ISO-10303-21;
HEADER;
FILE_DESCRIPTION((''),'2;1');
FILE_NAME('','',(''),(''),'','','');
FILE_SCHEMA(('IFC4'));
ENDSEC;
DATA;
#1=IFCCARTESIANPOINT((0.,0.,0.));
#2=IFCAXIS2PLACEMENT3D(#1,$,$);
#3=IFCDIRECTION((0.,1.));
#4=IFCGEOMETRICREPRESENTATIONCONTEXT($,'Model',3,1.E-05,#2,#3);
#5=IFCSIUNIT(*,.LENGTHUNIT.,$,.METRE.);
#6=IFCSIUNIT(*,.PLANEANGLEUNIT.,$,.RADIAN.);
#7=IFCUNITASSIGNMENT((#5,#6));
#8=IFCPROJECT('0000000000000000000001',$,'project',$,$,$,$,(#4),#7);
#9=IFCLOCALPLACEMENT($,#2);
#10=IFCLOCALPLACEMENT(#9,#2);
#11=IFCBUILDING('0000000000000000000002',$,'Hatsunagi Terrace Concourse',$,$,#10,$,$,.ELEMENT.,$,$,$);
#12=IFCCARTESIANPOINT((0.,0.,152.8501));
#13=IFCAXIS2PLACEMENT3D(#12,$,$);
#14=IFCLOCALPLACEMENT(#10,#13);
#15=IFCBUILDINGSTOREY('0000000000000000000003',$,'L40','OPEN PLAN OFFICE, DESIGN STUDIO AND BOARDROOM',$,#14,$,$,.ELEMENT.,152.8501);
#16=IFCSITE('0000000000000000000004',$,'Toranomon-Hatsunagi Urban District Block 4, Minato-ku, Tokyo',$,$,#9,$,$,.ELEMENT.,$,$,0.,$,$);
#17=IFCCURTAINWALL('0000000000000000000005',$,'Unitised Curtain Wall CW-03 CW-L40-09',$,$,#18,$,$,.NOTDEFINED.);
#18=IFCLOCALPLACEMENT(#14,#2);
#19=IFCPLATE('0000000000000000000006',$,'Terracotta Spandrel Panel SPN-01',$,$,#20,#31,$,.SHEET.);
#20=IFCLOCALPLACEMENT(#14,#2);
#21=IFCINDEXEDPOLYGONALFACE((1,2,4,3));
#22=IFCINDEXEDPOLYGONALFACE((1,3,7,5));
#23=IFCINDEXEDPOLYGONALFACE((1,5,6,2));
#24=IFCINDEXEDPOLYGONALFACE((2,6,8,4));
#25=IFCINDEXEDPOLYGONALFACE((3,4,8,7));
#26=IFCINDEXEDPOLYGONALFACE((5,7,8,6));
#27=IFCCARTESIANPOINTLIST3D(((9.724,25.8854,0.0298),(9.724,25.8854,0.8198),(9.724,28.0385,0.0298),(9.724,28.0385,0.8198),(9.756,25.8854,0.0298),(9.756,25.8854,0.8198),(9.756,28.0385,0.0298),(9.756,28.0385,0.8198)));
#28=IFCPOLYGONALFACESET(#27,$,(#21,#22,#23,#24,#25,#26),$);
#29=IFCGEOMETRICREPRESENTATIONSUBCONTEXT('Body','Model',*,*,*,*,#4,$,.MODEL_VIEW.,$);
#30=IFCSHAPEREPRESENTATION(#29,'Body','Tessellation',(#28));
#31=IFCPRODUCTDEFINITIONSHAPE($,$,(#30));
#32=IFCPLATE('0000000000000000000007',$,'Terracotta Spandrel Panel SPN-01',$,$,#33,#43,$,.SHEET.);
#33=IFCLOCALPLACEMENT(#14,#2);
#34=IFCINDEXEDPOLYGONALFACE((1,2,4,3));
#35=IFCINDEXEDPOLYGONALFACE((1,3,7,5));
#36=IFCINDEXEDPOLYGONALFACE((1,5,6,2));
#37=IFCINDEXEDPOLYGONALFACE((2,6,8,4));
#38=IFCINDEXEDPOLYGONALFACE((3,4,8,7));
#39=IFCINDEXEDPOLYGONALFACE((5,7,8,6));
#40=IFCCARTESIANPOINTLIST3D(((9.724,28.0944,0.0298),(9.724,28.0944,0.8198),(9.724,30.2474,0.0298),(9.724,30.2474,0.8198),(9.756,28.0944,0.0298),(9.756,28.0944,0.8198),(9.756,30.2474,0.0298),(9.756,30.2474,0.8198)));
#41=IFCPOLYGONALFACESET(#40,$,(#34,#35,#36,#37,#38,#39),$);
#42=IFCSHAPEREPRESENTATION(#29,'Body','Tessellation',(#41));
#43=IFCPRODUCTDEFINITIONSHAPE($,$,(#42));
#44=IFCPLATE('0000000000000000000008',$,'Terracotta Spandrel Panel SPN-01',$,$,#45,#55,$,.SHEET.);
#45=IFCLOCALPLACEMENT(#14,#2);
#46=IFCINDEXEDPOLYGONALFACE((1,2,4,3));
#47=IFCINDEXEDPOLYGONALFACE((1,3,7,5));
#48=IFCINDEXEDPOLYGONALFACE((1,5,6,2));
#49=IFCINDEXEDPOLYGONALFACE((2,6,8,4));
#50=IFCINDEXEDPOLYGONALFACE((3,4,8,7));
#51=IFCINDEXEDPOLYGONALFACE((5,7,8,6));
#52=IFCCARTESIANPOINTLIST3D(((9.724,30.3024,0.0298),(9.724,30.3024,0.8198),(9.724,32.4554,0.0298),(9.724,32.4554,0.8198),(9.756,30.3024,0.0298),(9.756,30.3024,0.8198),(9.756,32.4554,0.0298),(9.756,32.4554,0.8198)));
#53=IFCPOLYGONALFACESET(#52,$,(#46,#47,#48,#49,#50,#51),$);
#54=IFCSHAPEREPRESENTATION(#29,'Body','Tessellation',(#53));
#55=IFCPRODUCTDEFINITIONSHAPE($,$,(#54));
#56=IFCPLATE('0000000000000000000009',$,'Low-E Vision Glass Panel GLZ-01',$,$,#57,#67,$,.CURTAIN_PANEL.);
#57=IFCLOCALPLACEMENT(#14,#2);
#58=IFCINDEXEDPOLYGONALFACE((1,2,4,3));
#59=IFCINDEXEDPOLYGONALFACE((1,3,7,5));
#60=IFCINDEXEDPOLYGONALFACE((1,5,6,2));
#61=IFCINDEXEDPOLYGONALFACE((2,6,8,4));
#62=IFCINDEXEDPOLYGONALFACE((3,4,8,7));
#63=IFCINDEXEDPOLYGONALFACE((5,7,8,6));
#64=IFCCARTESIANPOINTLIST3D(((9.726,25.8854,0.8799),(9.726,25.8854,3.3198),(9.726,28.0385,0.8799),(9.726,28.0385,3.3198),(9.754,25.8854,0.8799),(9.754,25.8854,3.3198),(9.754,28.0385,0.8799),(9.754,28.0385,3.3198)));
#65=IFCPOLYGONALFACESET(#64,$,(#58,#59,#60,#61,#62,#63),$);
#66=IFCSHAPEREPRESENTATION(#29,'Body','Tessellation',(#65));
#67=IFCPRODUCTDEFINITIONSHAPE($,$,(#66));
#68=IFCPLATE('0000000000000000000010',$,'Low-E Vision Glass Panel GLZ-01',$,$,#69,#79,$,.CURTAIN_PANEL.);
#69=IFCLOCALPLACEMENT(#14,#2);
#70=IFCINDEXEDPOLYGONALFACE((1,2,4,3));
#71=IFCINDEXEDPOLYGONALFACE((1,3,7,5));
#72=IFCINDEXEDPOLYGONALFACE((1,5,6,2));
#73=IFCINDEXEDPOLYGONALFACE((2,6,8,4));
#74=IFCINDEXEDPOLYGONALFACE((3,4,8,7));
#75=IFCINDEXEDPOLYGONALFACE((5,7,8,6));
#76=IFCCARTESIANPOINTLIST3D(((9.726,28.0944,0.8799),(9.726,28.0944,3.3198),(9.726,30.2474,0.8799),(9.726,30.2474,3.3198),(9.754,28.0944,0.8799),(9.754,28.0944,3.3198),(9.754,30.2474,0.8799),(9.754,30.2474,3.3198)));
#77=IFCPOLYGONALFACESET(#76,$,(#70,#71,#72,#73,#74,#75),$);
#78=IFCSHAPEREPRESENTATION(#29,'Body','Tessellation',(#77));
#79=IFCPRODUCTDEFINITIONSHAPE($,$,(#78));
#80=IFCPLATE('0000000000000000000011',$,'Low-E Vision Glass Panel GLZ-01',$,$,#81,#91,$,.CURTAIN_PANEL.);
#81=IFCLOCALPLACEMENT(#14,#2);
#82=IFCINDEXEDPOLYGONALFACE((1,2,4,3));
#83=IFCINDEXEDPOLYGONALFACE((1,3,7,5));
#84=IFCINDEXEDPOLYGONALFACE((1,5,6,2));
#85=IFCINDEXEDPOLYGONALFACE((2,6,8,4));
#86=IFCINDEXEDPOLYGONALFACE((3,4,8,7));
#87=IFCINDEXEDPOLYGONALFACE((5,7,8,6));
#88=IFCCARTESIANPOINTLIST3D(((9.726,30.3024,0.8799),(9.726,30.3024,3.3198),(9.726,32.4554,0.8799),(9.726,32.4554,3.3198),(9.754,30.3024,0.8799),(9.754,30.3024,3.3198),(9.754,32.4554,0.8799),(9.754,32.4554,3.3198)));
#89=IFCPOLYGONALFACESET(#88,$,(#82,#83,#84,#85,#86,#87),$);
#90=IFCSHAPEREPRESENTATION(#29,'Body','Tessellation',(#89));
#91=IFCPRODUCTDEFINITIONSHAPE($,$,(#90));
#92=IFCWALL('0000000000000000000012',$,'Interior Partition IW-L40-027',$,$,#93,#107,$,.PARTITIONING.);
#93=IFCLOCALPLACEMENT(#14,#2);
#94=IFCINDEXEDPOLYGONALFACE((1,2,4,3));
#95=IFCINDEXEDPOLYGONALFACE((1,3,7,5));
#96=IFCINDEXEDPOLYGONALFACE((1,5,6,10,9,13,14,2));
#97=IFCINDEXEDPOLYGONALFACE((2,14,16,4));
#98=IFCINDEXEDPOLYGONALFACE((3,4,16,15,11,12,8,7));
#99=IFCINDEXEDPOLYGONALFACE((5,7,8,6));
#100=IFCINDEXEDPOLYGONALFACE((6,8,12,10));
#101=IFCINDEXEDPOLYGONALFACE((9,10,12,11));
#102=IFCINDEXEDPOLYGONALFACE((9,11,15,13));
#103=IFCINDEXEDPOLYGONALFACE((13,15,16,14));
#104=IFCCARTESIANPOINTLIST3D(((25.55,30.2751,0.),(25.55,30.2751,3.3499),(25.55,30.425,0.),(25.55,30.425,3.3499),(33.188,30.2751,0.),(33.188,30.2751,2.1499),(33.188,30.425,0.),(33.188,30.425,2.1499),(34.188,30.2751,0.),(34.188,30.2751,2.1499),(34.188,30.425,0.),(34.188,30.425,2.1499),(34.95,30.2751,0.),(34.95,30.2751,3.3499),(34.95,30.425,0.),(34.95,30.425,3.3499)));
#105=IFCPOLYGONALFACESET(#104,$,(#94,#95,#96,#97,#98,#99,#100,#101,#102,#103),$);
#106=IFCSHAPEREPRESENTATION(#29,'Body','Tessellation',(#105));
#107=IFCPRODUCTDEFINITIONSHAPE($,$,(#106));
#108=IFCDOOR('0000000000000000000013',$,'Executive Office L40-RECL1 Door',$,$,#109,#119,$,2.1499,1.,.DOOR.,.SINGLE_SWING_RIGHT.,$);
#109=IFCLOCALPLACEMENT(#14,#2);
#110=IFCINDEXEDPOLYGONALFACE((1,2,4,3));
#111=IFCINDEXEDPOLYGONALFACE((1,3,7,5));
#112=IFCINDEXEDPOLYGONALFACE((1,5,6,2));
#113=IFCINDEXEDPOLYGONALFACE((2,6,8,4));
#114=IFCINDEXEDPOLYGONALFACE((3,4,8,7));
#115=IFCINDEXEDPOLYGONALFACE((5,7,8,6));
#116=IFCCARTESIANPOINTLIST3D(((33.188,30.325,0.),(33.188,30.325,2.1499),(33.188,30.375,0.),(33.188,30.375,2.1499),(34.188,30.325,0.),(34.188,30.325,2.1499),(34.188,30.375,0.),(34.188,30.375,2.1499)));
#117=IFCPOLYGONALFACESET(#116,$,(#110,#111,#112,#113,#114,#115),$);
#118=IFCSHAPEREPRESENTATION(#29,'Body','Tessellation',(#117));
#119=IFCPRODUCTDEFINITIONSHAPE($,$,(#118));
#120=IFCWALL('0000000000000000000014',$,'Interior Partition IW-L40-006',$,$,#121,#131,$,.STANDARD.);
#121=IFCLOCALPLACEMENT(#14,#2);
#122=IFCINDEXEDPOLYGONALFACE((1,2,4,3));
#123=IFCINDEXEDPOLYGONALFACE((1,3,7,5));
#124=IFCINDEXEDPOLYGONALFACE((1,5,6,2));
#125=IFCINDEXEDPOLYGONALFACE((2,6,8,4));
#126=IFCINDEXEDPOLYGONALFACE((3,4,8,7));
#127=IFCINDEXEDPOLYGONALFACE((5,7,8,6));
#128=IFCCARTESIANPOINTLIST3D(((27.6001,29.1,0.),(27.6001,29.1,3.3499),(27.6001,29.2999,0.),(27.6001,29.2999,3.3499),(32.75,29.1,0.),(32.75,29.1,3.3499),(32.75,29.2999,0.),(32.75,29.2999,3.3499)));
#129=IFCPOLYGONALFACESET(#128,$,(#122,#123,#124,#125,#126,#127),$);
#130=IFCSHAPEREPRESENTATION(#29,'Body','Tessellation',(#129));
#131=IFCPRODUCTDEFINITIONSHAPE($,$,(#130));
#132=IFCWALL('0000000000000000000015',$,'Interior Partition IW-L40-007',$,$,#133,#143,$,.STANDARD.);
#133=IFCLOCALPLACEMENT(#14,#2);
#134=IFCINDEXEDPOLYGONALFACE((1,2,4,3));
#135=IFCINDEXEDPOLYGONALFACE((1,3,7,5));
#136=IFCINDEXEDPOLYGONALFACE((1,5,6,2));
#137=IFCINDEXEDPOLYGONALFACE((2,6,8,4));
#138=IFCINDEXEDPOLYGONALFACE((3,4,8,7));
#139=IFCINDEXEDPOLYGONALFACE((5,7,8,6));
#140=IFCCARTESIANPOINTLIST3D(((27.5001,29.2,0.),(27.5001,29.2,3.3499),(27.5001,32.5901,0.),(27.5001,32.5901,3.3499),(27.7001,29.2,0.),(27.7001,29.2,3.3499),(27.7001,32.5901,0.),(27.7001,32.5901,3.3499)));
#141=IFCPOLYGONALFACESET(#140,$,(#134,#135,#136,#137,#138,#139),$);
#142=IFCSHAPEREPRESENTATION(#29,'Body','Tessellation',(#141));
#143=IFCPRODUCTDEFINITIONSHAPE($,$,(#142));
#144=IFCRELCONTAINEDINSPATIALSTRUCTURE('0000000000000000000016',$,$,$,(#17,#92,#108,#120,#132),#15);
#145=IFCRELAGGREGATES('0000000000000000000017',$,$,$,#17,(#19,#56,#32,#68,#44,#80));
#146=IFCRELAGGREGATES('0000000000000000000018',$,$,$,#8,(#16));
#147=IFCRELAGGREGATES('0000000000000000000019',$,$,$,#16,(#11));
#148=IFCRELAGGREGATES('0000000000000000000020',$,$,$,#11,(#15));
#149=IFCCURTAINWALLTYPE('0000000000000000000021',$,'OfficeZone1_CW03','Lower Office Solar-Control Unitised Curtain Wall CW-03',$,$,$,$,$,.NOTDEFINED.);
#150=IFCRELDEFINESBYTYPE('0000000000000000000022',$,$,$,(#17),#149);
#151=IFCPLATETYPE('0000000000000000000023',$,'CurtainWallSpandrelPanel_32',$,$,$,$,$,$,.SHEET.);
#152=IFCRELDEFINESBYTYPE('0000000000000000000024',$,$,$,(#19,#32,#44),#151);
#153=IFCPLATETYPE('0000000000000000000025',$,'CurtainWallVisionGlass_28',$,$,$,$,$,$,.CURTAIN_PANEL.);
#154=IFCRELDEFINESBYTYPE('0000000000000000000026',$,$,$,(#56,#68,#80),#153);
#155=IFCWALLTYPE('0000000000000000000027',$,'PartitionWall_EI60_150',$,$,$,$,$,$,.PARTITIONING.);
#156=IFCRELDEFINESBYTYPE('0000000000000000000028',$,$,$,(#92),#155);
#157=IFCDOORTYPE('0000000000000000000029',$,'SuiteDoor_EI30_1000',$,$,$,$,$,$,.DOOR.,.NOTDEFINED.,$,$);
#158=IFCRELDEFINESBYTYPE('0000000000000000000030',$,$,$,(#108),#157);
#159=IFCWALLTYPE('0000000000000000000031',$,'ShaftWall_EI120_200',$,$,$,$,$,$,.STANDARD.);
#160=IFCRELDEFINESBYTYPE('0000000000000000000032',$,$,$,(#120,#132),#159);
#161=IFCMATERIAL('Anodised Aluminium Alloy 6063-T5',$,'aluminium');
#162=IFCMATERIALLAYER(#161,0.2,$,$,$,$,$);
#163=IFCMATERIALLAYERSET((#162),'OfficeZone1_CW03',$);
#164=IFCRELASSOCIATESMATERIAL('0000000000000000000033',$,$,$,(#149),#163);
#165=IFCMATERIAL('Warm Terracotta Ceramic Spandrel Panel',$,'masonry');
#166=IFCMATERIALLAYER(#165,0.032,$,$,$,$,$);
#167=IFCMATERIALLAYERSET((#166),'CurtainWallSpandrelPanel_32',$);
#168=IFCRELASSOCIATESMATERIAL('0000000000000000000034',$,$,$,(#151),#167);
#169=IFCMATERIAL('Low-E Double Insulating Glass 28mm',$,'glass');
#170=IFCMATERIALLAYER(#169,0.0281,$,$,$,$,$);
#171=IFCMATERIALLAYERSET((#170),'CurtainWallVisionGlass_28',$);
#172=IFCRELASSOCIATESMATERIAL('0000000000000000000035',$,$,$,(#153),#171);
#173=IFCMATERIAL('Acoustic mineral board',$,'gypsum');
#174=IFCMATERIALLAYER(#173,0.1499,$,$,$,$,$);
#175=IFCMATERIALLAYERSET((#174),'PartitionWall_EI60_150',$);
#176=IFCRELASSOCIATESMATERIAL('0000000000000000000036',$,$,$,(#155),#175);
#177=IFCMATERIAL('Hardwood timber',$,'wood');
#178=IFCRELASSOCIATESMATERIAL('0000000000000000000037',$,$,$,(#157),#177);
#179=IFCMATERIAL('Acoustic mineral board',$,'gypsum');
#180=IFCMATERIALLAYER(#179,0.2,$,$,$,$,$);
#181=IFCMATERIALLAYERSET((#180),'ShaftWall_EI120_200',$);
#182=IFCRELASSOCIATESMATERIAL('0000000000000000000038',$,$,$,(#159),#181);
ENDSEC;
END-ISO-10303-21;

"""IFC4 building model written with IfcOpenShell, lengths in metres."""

from ifc_helpers import new_model, si_unit, direction, frame, frame_2d, origin, origin_2d, place, context, subcontext, project, spatial, rectangle, extrude, material, layer, layer_set, type_object, element, fill, aggregate, save


model = new_model("IFC4")

# Units and contexts
model_context = context("Model", 3, precision=1e-05, world=origin(), true_north=direction((0.0, 1.0)))
body_context = subcontext(model_context, "Body", "Model", "MODEL_VIEW")
ifc_project = project(units=[si_unit("LENGTHUNIT", "METRE"), si_unit("PLANEANGLEUNIT", "RADIAN")], contexts=[model_context])

# Site, building, storey
site_placement = place(None, origin())
site = spatial("IfcSite", under=ifc_project, at=site_placement, Name="Toranomon-Hatsunagi Urban District Block 4, Minato-ku, Tokyo", CompositionType="ELEMENT", RefElevation=0.0)
building_placement = place(site_placement, origin())
building = spatial("IfcBuilding", under=site, at=building_placement, Name="Hatsunagi Terrace Concourse", CompositionType="ELEMENT")
storey_placement = place(building_placement, frame((0.0, 0.0, 152.8501)))
storey = spatial("IfcBuildingStorey", under=building, at=storey_placement, Name="L40", Description="OPEN PLAN OFFICE, DESIGN STUDIO AND BOARDROOM", CompositionType="ELEMENT", Elevation=152.8501)

# Curtain wall
ifc_material_1 = material(Name="Anodised Aluminium Alloy 6063-T5", Category="aluminium")
ifc_layer_1 = layer(ifc_material_1, 0.2)
ifc_layer_set_1 = layer_set([ifc_layer_1], Name="OfficeZone1_CW03")
curtain_wall_type = type_object("IfcCurtainWallType", Name="OfficeZone1_CW03", Description="Lower Office Solar-Control Unitised Curtain Wall CW-03", PredefinedType="NOTDEFINED", material=ifc_layer_set_1)
curtain_wall_placement = place(storey_placement, origin())
curtain_wall = element("IfcCurtainWall", 1, at=curtain_wall_placement, inside=storey, type_object=curtain_wall_type, Name="Unitised Curtain Wall CW-03 CW-L40-09", PredefinedType="NOTDEFINED")

# Plates
ifc_material_2 = material(Name="Warm Terracotta Ceramic Spandrel Panel", Category="masonry")
ifc_layer_2 = layer(ifc_material_2, 0.032)
ifc_layer_set_2 = layer_set([ifc_layer_2], Name="CurtainWallSpandrelPanel_32")
plate_type_1 = type_object("IfcPlateType", Name="CurtainWallSpandrelPanel_32", PredefinedType="SHEET", material=ifc_layer_set_2)
plate_1_placement = place(storey_placement, frame((9.74, 26.9619, 0.0298), z_axis=(0.0, 0.0, 1.0), x_axis=(0.0, 1.0, 0.0)))
plate_1 = element("IfcPlate", 2, at=plate_1_placement, type_object=plate_type_1, Name="Terracotta Spandrel Panel SPN-01", PredefinedType="SHEET", context=body_context, shape_type="SweptSolid", body=[
    extrude(rectangle(XDim=2.1531, YDim=0.032, at=origin_2d()), origin(), (0.0, 0.0, 1.0), 0.79),
])
plate_2_placement = place(storey_placement, frame((9.74, 29.1709, 0.0298), z_axis=(0.0, 0.0, 1.0), x_axis=(0.0, 1.0, 0.0)))
plate_2 = element("IfcPlate", 3, at=plate_2_placement, type_object=plate_type_1, Name="Terracotta Spandrel Panel SPN-01", PredefinedType="SHEET", context=body_context, shape_type="SweptSolid", body=[
    extrude(rectangle(XDim=2.1531, YDim=0.032, at=origin_2d()), origin(), (0.0, 0.0, 1.0), 0.79),
])
plate_3_placement = place(storey_placement, frame((9.74, 31.3789, 0.0298), z_axis=(0.0, 0.0, 1.0), x_axis=(0.0, 1.0, 0.0)))
plate_3 = element("IfcPlate", 4, at=plate_3_placement, type_object=plate_type_1, Name="Terracotta Spandrel Panel SPN-01", PredefinedType="SHEET", context=body_context, shape_type="SweptSolid", body=[
    extrude(rectangle(XDim=2.1531, YDim=0.032, at=origin_2d()), origin(), (0.0, 0.0, 1.0), 0.79),
])
ifc_material_3 = material(Name="Low-E Double Insulating Glass 28mm", Category="glass")
ifc_layer_3 = layer(ifc_material_3, 0.0281)
ifc_layer_set_3 = layer_set([ifc_layer_3], Name="CurtainWallVisionGlass_28")
plate_type_2 = type_object("IfcPlateType", Name="CurtainWallVisionGlass_28", PredefinedType="CURTAIN_PANEL", material=ifc_layer_set_3)
plate_4_placement = place(storey_placement, frame((9.74, 26.9619, 0.8799), z_axis=(0.0, 0.0, 1.0), x_axis=(0.0, 1.0, 0.0)))
plate_4 = element("IfcPlate", 5, at=plate_4_placement, type_object=plate_type_2, Name="Low-E Vision Glass Panel GLZ-01", PredefinedType="CURTAIN_PANEL", context=body_context, shape_type="SweptSolid", body=[
    extrude(rectangle(XDim=2.1531, YDim=0.0281, at=origin_2d()), origin(), (0.0, 0.0, 1.0), 2.4399),
])
plate_5_placement = place(storey_placement, frame((9.74, 29.1709, 0.8799), z_axis=(0.0, 0.0, 1.0), x_axis=(0.0, 1.0, 0.0)))
plate_5 = element("IfcPlate", 6, at=plate_5_placement, type_object=plate_type_2, Name="Low-E Vision Glass Panel GLZ-01", PredefinedType="CURTAIN_PANEL", context=body_context, shape_type="SweptSolid", body=[
    extrude(rectangle(XDim=2.1531, YDim=0.0281, at=origin_2d()), origin(), (0.0, 0.0, 1.0), 2.4399),
])
plate_6_placement = place(storey_placement, frame((9.74, 31.3789, 0.8799), z_axis=(0.0, 0.0, 1.0), x_axis=(0.0, 1.0, 0.0)))
plate_6 = element("IfcPlate", 7, at=plate_6_placement, type_object=plate_type_2, Name="Low-E Vision Glass Panel GLZ-01", PredefinedType="CURTAIN_PANEL", context=body_context, shape_type="SweptSolid", body=[
    extrude(rectangle(XDim=2.1531, YDim=0.0281, at=origin_2d()), origin(), (0.0, 0.0, 1.0), 2.4399),
])
aggregate(curtain_wall, [plate_1, plate_4, plate_2, plate_5, plate_3, plate_6])

# Wall, opening, door
ifc_material_4 = material(Name="Acoustic mineral board", Category="gypsum")
ifc_layer_4 = layer(ifc_material_4, 0.1499)
ifc_layer_set_4 = layer_set([ifc_layer_4], Name="PartitionWall_EI60_150")
wall_type_1 = type_object("IfcWallType", Name="PartitionWall_EI60_150", PredefinedType="PARTITIONING", material=ifc_layer_set_4)
wall_1_placement = place(storey_placement, frame((25.55, 30.3501, 0.0), z_axis=(0.0, 0.0, 1.0), x_axis=(1.0, 0.0, 0.0)))
wall_1 = element("IfcWall", 8, at=wall_1_placement, inside=storey, type_object=wall_type_1, Name="Interior Partition IW-L40-027", PredefinedType="PARTITIONING", context=body_context, shape_type="SweptSolid", body=[
    extrude(rectangle(XDim=9.3999, YDim=0.1499, at=frame_2d((4.7, 0.0))), origin(), (0.0, 0.0, 1.0), 3.3499),
])
opening_placement = place(wall_1_placement, frame((7.6379, 0.0, 0.0)))
opening = element("IfcOpeningElement", 9, at=opening_placement, cuts=wall_1, PredefinedType="OPENING", context=body_context, shape_type="SweptSolid", body=[
    extrude(rectangle(XDim=1.0, YDim=2.1499, at=frame_2d((0.5, 1.075))), frame((0.0, 0.085, 0.0), z_axis=(0.0, -1.0, 0.0), x_axis=(1.0, 0.0, 0.0)), (0.0, 0.0, 1.0), 0.1699),
])
ifc_material_5 = material(Name="Hardwood timber", Category="wood")
door_type = type_object("IfcDoorType", Name="SuiteDoor_EI30_1000", OperationType="NOTDEFINED", PredefinedType="DOOR", material=ifc_material_5)
door_placement = place(opening_placement, origin())
door = element("IfcDoor", 10, at=door_placement, inside=storey, type_object=door_type, Name="Executive Office L40-RECL1 Door", OperationType="SINGLE_SWING_RIGHT", OverallHeight=2.1499, OverallWidth=1.0, PredefinedType="DOOR", context=body_context, shape_type="SweptSolid", body=[
    extrude(rectangle(XDim=1.0, YDim=2.1499, at=frame_2d((0.5, 1.075))), frame((0.0, 0.0249, 0.0), z_axis=(0.0, -1.0, 0.0), x_axis=(1.0, 0.0, 0.0)), (0.0, 0.0, 1.0), 0.05),
])
fill(opening, door)

# Walls
ifc_material_6 = material(Name="Acoustic mineral board", Category="gypsum")
ifc_layer_5 = layer(ifc_material_6, 0.2)
ifc_layer_set_5 = layer_set([ifc_layer_5], Name="ShaftWall_EI120_200")
wall_type_2 = type_object("IfcWallType", Name="ShaftWall_EI120_200", PredefinedType="STANDARD", material=ifc_layer_set_5)
wall_2_placement = place(storey_placement, frame((27.6001, 29.2, 0.0), z_axis=(0.0, 0.0, 1.0), x_axis=(1.0, 0.0, 0.0)))
element("IfcWall", 11, at=wall_2_placement, inside=storey, type_object=wall_type_2, Name="Interior Partition IW-L40-006", PredefinedType="STANDARD", context=body_context, shape_type="SweptSolid", body=[
    extrude(rectangle(XDim=5.1499, YDim=0.2, at=frame_2d((2.575, 0.0))), origin(), (0.0, 0.0, 1.0), 3.3499),
])
wall_3_placement = place(storey_placement, frame((27.6001, 29.2, 0.0), z_axis=(0.0, 0.0, 1.0), x_axis=(0.0, 1.0, 0.0)))
element("IfcWall", 12, at=wall_3_placement, inside=storey, type_object=wall_type_2, Name="Interior Partition IW-L40-007", PredefinedType="STANDARD", context=body_context, shape_type="SweptSolid", body=[
    extrude(rectangle(XDim=3.3901, YDim=0.2, at=frame_2d((1.6951, 0.0))), origin(), (0.0, 0.0, 1.0), 3.3499),
])

save(model, "model.ifc")
